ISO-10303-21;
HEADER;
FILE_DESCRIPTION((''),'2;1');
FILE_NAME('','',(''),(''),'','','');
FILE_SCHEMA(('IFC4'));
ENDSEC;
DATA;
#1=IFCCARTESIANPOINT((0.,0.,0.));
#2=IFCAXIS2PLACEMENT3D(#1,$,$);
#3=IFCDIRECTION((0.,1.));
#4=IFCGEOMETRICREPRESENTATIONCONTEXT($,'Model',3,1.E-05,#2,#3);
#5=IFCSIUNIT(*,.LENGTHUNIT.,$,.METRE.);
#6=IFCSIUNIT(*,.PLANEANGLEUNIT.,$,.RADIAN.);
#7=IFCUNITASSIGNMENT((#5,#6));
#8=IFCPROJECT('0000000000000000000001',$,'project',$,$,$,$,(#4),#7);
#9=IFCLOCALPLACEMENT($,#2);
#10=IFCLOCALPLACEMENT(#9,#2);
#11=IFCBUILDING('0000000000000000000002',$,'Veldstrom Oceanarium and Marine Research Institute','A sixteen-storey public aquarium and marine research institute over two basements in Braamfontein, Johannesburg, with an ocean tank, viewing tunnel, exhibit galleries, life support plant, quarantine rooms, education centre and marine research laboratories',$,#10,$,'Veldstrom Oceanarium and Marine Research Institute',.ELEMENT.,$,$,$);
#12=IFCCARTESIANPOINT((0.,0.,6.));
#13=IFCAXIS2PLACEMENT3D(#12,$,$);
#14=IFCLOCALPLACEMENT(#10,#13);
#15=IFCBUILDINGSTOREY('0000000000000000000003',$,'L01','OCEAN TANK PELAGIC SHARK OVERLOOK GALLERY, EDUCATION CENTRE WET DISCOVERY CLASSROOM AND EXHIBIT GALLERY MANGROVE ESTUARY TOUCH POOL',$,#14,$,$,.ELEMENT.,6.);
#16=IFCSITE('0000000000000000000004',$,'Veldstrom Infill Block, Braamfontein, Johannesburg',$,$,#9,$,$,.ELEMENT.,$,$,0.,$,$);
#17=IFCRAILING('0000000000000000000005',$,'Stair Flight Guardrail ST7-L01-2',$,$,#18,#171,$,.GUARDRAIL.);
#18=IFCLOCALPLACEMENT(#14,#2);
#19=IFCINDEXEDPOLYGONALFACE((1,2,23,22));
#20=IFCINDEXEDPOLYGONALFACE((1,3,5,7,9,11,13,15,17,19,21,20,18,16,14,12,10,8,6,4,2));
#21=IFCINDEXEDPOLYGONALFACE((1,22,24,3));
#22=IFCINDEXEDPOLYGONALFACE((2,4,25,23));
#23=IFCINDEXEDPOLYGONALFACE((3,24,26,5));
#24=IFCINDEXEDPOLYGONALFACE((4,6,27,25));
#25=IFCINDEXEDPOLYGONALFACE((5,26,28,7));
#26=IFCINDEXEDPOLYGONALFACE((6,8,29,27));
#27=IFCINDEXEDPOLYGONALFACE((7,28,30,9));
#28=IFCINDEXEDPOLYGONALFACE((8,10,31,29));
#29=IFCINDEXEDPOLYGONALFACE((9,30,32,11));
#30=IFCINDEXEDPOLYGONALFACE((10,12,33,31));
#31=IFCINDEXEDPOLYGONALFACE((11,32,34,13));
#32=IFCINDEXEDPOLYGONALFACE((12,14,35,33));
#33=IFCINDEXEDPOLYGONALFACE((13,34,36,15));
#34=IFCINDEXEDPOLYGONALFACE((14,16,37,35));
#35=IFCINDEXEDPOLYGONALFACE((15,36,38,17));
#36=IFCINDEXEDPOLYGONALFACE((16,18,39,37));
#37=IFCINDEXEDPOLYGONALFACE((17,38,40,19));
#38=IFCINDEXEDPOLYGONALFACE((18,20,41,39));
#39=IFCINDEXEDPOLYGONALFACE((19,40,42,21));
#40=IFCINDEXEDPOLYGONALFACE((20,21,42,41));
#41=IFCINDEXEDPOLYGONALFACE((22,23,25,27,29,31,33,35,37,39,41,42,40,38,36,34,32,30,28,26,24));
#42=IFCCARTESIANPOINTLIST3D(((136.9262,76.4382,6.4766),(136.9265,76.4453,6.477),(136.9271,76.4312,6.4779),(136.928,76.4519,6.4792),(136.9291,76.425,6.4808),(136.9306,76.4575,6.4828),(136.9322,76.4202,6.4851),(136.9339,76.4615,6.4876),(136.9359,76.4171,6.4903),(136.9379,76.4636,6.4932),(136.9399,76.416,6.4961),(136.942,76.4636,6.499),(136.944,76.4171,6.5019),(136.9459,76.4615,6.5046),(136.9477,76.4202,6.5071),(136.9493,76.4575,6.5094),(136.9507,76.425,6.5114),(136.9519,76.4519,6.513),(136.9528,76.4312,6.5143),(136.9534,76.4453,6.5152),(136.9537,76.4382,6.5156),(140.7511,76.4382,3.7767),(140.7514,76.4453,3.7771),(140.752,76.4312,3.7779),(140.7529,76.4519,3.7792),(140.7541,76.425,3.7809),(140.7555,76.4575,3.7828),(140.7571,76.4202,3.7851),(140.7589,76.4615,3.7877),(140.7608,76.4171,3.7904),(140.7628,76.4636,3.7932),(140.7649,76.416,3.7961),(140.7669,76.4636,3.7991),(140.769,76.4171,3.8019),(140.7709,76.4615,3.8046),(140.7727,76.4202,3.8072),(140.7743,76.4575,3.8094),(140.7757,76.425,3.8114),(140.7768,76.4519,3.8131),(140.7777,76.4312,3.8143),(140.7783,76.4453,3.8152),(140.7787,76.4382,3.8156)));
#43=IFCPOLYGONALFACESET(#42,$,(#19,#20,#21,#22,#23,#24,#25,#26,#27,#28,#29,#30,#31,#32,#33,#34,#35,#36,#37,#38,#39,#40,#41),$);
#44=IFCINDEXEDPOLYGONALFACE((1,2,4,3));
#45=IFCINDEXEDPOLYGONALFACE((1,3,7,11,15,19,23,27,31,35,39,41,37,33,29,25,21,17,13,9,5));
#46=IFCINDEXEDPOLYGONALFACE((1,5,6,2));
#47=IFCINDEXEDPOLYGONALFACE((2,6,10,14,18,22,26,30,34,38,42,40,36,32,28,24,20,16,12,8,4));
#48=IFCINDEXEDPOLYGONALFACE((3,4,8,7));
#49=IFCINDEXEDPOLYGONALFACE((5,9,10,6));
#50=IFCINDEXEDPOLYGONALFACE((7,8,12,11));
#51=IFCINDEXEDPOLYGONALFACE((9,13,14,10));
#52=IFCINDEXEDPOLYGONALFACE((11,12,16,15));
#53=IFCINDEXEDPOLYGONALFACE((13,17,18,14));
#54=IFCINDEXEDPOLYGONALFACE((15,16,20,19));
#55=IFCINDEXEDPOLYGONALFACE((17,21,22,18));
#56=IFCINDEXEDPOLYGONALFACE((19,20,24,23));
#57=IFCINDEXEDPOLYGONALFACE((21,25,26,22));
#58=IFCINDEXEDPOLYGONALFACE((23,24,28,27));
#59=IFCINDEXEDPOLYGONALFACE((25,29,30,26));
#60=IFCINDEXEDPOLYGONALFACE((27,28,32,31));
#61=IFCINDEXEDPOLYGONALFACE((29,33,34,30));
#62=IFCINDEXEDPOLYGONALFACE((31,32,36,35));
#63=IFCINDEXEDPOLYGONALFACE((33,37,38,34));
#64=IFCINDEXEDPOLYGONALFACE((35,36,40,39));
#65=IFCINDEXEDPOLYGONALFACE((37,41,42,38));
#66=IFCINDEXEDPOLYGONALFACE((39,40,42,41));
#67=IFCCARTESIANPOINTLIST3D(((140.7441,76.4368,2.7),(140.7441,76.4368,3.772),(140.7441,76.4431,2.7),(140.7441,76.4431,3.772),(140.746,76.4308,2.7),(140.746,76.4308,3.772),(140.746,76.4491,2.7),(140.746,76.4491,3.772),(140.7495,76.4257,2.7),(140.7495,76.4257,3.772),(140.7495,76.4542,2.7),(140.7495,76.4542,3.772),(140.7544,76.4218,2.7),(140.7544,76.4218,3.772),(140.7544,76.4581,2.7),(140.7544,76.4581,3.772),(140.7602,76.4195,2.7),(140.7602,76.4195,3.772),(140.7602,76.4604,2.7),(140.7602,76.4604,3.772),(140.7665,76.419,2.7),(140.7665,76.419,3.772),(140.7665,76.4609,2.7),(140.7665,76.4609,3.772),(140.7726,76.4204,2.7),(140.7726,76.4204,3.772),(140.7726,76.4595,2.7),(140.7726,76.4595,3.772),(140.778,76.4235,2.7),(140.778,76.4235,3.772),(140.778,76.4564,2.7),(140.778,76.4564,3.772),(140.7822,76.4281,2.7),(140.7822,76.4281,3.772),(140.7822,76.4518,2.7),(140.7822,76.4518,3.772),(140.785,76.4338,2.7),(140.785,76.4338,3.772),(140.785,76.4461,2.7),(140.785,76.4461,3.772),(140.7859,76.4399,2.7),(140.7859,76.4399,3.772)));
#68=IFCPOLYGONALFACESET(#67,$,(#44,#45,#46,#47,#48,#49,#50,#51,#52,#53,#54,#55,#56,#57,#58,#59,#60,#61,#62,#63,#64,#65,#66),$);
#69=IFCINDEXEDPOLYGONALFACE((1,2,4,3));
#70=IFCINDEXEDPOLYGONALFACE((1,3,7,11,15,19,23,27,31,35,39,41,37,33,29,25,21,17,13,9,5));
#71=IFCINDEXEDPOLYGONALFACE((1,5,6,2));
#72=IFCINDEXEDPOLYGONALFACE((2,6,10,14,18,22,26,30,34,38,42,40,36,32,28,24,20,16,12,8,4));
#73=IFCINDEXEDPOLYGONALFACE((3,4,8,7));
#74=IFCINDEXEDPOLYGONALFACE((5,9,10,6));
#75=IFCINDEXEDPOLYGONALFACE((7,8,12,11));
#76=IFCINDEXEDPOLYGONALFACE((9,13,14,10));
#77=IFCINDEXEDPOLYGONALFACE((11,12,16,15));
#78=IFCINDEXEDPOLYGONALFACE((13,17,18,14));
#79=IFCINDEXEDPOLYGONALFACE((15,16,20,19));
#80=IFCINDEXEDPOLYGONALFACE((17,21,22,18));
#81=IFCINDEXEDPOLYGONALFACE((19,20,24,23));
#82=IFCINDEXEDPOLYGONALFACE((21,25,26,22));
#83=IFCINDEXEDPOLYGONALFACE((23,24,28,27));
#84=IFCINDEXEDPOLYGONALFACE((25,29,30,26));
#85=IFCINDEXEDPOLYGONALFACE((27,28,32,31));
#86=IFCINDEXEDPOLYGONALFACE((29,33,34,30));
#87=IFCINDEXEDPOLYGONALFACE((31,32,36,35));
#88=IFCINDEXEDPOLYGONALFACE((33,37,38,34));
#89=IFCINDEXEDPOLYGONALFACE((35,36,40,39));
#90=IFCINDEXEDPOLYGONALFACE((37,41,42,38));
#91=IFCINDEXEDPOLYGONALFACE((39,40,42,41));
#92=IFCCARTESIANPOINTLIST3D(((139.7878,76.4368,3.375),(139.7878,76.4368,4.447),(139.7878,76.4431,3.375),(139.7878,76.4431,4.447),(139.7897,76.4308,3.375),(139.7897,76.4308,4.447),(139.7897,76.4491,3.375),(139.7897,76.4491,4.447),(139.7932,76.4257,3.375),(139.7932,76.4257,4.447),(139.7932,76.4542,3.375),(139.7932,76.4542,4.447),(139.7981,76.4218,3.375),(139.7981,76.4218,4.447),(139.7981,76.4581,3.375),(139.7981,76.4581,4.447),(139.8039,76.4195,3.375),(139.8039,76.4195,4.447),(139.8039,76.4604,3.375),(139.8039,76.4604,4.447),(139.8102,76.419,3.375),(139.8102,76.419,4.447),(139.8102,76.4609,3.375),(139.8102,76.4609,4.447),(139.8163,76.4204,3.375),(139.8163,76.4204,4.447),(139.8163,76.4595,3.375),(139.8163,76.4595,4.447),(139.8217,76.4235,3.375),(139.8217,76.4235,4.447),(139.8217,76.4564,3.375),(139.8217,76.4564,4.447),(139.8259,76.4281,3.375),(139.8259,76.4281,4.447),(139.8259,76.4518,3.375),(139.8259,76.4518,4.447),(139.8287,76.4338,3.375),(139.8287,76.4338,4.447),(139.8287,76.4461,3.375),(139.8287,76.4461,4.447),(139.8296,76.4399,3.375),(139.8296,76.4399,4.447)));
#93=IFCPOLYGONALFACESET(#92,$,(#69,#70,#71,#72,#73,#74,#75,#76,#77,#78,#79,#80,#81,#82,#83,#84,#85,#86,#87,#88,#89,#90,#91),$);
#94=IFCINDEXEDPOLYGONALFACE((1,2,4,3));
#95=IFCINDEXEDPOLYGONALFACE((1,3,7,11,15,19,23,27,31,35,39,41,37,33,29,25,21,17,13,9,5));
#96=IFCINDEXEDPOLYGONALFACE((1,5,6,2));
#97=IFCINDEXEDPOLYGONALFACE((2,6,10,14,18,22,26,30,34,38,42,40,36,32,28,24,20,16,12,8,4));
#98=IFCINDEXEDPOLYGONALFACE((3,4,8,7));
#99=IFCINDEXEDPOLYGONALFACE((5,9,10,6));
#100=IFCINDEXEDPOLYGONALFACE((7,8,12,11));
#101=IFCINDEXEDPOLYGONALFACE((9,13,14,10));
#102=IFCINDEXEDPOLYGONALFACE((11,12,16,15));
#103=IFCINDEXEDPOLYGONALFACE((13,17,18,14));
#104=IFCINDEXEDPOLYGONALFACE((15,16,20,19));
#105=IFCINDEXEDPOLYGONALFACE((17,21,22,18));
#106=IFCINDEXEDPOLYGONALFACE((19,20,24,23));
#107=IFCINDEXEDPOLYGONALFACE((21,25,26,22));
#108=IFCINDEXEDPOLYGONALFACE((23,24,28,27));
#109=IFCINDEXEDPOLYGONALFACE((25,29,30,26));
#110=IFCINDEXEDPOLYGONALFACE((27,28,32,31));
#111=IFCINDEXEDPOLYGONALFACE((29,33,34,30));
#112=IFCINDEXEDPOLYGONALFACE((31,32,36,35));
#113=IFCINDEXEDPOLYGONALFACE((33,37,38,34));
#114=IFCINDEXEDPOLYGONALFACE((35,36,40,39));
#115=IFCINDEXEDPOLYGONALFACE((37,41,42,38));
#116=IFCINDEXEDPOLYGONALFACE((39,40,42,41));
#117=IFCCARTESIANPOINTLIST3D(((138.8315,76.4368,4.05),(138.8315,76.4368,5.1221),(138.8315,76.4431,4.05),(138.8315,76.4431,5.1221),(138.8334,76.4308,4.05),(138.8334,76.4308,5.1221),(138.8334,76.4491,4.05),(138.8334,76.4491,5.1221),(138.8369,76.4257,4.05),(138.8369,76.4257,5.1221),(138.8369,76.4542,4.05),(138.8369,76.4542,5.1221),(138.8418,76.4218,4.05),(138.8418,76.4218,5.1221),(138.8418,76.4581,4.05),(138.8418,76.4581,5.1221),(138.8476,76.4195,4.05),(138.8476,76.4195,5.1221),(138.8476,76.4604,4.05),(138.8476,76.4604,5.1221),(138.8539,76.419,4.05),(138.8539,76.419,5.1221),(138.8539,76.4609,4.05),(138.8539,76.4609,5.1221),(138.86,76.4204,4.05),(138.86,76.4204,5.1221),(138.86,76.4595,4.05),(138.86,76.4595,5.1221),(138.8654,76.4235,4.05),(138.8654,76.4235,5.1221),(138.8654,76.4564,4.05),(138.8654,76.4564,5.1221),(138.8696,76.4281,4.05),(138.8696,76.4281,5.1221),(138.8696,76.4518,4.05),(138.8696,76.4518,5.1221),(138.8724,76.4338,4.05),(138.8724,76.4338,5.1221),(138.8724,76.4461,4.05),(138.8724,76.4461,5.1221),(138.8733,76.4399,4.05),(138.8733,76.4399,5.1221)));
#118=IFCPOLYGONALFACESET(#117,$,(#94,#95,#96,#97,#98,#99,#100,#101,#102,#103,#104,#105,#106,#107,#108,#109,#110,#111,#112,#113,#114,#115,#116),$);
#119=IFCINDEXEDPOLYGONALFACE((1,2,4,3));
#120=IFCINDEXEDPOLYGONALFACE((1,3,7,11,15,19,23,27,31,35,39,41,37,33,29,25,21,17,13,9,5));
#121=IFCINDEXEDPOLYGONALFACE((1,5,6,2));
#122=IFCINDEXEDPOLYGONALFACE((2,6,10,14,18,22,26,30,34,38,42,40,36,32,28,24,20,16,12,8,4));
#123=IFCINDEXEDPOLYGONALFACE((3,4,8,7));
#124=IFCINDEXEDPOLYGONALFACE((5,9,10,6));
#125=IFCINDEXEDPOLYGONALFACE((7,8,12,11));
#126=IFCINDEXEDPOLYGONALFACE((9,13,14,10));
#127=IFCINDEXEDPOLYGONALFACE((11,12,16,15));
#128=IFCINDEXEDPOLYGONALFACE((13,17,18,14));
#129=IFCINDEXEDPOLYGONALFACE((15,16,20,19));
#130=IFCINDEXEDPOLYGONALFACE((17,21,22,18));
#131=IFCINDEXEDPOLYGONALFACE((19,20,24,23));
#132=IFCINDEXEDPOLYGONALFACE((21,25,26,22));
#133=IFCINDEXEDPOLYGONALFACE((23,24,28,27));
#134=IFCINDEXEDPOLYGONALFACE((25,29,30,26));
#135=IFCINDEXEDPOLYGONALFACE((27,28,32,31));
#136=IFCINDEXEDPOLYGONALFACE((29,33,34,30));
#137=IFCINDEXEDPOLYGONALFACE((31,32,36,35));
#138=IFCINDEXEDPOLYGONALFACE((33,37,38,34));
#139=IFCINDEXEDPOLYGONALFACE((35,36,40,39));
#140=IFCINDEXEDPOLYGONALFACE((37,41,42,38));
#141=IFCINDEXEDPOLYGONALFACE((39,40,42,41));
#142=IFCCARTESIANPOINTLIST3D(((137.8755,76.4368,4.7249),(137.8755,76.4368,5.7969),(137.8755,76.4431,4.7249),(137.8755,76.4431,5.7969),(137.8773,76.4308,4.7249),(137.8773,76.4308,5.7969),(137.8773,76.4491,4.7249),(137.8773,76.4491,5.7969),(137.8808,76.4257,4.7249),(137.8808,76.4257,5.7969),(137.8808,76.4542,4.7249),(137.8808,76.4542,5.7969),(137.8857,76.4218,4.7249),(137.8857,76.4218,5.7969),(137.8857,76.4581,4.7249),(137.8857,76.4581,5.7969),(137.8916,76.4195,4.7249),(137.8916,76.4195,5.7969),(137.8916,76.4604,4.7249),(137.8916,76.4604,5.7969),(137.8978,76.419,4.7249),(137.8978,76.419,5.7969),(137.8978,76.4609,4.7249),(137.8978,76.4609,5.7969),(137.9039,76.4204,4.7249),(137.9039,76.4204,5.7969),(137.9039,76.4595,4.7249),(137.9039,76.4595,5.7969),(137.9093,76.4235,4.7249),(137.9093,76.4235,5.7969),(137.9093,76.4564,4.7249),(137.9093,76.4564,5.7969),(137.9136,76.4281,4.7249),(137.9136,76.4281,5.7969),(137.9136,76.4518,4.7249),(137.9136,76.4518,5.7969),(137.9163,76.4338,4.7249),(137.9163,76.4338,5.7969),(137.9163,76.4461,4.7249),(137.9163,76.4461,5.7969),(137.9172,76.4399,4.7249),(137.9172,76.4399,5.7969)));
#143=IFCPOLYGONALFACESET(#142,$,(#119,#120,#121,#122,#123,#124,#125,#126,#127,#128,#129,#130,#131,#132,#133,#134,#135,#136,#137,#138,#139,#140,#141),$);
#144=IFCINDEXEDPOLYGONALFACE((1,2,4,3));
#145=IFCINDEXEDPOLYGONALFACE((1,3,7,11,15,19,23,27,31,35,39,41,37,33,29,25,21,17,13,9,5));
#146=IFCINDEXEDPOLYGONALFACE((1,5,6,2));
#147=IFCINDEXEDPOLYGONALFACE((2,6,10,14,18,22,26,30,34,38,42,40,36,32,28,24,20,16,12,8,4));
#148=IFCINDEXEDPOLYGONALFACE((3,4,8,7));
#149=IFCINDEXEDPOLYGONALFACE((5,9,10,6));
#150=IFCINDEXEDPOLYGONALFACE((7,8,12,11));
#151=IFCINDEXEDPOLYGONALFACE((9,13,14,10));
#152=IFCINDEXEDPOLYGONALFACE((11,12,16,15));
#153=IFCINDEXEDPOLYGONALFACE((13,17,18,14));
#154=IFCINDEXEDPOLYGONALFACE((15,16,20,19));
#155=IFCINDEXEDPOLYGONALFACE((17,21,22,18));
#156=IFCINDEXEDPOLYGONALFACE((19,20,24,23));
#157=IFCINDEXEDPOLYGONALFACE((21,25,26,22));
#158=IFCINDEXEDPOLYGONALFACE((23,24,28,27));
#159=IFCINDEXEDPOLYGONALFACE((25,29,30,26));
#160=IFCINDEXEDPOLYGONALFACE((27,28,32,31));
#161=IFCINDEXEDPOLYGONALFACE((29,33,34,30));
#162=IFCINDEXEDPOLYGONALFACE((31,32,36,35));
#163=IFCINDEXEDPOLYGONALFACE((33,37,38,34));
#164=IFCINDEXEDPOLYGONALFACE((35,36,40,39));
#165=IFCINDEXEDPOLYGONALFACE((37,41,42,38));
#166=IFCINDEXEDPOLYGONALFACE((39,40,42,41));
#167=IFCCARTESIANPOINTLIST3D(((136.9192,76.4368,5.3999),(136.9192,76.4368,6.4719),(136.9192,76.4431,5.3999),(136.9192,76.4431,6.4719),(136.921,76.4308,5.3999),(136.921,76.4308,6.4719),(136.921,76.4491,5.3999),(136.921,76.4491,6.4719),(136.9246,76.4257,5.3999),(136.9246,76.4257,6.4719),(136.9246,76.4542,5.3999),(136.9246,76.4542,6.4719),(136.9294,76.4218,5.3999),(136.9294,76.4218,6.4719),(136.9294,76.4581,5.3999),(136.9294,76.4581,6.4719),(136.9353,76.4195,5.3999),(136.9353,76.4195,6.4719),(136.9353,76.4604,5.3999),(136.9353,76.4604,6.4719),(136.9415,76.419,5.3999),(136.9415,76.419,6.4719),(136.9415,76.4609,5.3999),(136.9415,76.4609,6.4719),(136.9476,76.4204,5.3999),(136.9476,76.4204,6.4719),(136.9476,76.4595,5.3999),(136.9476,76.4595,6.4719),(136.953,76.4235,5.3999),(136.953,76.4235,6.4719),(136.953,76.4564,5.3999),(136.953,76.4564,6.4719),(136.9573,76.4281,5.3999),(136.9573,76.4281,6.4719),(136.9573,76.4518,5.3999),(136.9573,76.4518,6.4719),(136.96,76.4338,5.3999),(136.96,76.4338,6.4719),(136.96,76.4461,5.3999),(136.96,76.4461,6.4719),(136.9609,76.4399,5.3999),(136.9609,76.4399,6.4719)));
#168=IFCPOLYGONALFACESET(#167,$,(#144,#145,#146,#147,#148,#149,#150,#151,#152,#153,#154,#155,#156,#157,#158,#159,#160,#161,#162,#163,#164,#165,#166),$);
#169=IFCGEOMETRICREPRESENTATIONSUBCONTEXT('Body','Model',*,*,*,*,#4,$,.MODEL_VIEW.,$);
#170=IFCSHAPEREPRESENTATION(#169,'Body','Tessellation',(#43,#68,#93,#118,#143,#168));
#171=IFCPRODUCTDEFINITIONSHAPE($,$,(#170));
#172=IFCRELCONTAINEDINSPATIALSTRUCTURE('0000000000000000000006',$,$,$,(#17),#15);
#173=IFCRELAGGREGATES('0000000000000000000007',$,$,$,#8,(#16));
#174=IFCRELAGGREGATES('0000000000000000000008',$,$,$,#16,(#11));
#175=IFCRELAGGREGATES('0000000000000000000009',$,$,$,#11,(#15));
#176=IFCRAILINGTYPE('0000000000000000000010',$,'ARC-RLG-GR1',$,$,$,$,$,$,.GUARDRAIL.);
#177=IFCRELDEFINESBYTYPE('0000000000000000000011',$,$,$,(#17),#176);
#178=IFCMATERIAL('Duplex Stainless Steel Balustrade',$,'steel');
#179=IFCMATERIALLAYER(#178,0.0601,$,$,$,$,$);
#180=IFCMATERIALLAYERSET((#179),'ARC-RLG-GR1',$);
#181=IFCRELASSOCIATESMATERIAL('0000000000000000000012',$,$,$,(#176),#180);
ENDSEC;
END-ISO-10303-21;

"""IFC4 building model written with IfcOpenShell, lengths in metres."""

from ifc_helpers import new_model, si_unit, direction, frame, origin, origin_2d, place, context, subcontext, project, spatial, circle, extrude, material, layer, layer_set, type_object, element, save


model = new_model("IFC4")

# Units and contexts
model_context = context("Model", 3, precision=1e-05, world=origin(), true_north=direction((0.0, 1.0)))
body_context = subcontext(model_context, "Body", "Model", "MODEL_VIEW")
ifc_project = project(units=[si_unit("LENGTHUNIT", "METRE"), si_unit("PLANEANGLEUNIT", "RADIAN")], contexts=[model_context])

# Site, building, storey
site_placement = place(None, origin())
site = spatial("IfcSite", under=ifc_project, at=site_placement, Name="Veldstrom Infill Block, Braamfontein, Johannesburg", CompositionType="ELEMENT", RefElevation=0.0)
building_placement = place(site_placement, origin())
building = spatial("IfcBuilding", under=site, at=building_placement, Name="Veldstrom Oceanarium and Marine Research Institute", Description="A sixteen-storey public aquarium and marine research institute over two basements in Braamfontein, Johannesburg, with an ocean tank, viewing tunnel, exhibit galleries, life support plant, quarantine rooms, education centre and marine research laboratories", LongName="Veldstrom Oceanarium and Marine Research Institute", CompositionType="ELEMENT")
storey_placement = place(building_placement, frame((0.0, 0.0, 6.0)))
storey = spatial("IfcBuildingStorey", under=building, at=storey_placement, Name="L01", Description="OCEAN TANK PELAGIC SHARK OVERLOOK GALLERY, EDUCATION CENTRE WET DISCOVERY CLASSROOM AND EXHIBIT GALLERY MANGROVE ESTUARY TOUCH POOL", CompositionType="ELEMENT", Elevation=6.0)

# Railing
ifc_material_1 = material(Name="Duplex Stainless Steel Balustrade", Category="steel")
ifc_layer_1 = layer(ifc_material_1, 0.0601)
ifc_layer_set_1 = layer_set([ifc_layer_1], Name="ARC-RLG-GR1")
railing_type_1 = type_object("IfcRailingType", Name="ARC-RLG-GR1", PredefinedType="GUARDRAIL", material=ifc_layer_set_1)
railing_1_placement = place(storey_placement, frame((140.7649, 76.4399, 2.7)))
element("IfcRailing", 1, at=railing_1_placement, inside=storey, type_object=railing_type_1, Name="Stair Flight Guardrail ST7-L01-2", PredefinedType="GUARDRAIL", context=body_context, shape_type="SweptSolid", body=[
    extrude(circle(Radius=0.0239, at=origin_2d()), frame((0.0, 0.0, 1.0962), z_axis=(-0.816969, 0.0, 0.576681), x_axis=(0.0, -1.0, 0.0)), (0.0, 0.0, 1.0), 4.6819),
    extrude(circle(Radius=0.021, at=origin_2d()), origin(), (0.0, 0.0, 1.0), 1.072),
    extrude(circle(Radius=0.021, at=origin_2d()), frame((-0.9563, 0.0, 0.675)), (0.0, 0.0, 1.0), 1.072),
    extrude(circle(Radius=0.021, at=origin_2d()), frame((-1.9126, 0.0, 1.3501)), (0.0, 0.0, 1.0), 1.072),
    extrude(circle(Radius=0.021, at=origin_2d()), frame((-2.8687, 0.0, 2.0249)), (0.0, 0.0, 1.0), 1.072),
    extrude(circle(Radius=0.021, at=origin_2d()), frame((-3.825, 0.0, 2.7)), (0.0, 0.0, 1.0), 1.072),
])

save(model, "model.ifc")
